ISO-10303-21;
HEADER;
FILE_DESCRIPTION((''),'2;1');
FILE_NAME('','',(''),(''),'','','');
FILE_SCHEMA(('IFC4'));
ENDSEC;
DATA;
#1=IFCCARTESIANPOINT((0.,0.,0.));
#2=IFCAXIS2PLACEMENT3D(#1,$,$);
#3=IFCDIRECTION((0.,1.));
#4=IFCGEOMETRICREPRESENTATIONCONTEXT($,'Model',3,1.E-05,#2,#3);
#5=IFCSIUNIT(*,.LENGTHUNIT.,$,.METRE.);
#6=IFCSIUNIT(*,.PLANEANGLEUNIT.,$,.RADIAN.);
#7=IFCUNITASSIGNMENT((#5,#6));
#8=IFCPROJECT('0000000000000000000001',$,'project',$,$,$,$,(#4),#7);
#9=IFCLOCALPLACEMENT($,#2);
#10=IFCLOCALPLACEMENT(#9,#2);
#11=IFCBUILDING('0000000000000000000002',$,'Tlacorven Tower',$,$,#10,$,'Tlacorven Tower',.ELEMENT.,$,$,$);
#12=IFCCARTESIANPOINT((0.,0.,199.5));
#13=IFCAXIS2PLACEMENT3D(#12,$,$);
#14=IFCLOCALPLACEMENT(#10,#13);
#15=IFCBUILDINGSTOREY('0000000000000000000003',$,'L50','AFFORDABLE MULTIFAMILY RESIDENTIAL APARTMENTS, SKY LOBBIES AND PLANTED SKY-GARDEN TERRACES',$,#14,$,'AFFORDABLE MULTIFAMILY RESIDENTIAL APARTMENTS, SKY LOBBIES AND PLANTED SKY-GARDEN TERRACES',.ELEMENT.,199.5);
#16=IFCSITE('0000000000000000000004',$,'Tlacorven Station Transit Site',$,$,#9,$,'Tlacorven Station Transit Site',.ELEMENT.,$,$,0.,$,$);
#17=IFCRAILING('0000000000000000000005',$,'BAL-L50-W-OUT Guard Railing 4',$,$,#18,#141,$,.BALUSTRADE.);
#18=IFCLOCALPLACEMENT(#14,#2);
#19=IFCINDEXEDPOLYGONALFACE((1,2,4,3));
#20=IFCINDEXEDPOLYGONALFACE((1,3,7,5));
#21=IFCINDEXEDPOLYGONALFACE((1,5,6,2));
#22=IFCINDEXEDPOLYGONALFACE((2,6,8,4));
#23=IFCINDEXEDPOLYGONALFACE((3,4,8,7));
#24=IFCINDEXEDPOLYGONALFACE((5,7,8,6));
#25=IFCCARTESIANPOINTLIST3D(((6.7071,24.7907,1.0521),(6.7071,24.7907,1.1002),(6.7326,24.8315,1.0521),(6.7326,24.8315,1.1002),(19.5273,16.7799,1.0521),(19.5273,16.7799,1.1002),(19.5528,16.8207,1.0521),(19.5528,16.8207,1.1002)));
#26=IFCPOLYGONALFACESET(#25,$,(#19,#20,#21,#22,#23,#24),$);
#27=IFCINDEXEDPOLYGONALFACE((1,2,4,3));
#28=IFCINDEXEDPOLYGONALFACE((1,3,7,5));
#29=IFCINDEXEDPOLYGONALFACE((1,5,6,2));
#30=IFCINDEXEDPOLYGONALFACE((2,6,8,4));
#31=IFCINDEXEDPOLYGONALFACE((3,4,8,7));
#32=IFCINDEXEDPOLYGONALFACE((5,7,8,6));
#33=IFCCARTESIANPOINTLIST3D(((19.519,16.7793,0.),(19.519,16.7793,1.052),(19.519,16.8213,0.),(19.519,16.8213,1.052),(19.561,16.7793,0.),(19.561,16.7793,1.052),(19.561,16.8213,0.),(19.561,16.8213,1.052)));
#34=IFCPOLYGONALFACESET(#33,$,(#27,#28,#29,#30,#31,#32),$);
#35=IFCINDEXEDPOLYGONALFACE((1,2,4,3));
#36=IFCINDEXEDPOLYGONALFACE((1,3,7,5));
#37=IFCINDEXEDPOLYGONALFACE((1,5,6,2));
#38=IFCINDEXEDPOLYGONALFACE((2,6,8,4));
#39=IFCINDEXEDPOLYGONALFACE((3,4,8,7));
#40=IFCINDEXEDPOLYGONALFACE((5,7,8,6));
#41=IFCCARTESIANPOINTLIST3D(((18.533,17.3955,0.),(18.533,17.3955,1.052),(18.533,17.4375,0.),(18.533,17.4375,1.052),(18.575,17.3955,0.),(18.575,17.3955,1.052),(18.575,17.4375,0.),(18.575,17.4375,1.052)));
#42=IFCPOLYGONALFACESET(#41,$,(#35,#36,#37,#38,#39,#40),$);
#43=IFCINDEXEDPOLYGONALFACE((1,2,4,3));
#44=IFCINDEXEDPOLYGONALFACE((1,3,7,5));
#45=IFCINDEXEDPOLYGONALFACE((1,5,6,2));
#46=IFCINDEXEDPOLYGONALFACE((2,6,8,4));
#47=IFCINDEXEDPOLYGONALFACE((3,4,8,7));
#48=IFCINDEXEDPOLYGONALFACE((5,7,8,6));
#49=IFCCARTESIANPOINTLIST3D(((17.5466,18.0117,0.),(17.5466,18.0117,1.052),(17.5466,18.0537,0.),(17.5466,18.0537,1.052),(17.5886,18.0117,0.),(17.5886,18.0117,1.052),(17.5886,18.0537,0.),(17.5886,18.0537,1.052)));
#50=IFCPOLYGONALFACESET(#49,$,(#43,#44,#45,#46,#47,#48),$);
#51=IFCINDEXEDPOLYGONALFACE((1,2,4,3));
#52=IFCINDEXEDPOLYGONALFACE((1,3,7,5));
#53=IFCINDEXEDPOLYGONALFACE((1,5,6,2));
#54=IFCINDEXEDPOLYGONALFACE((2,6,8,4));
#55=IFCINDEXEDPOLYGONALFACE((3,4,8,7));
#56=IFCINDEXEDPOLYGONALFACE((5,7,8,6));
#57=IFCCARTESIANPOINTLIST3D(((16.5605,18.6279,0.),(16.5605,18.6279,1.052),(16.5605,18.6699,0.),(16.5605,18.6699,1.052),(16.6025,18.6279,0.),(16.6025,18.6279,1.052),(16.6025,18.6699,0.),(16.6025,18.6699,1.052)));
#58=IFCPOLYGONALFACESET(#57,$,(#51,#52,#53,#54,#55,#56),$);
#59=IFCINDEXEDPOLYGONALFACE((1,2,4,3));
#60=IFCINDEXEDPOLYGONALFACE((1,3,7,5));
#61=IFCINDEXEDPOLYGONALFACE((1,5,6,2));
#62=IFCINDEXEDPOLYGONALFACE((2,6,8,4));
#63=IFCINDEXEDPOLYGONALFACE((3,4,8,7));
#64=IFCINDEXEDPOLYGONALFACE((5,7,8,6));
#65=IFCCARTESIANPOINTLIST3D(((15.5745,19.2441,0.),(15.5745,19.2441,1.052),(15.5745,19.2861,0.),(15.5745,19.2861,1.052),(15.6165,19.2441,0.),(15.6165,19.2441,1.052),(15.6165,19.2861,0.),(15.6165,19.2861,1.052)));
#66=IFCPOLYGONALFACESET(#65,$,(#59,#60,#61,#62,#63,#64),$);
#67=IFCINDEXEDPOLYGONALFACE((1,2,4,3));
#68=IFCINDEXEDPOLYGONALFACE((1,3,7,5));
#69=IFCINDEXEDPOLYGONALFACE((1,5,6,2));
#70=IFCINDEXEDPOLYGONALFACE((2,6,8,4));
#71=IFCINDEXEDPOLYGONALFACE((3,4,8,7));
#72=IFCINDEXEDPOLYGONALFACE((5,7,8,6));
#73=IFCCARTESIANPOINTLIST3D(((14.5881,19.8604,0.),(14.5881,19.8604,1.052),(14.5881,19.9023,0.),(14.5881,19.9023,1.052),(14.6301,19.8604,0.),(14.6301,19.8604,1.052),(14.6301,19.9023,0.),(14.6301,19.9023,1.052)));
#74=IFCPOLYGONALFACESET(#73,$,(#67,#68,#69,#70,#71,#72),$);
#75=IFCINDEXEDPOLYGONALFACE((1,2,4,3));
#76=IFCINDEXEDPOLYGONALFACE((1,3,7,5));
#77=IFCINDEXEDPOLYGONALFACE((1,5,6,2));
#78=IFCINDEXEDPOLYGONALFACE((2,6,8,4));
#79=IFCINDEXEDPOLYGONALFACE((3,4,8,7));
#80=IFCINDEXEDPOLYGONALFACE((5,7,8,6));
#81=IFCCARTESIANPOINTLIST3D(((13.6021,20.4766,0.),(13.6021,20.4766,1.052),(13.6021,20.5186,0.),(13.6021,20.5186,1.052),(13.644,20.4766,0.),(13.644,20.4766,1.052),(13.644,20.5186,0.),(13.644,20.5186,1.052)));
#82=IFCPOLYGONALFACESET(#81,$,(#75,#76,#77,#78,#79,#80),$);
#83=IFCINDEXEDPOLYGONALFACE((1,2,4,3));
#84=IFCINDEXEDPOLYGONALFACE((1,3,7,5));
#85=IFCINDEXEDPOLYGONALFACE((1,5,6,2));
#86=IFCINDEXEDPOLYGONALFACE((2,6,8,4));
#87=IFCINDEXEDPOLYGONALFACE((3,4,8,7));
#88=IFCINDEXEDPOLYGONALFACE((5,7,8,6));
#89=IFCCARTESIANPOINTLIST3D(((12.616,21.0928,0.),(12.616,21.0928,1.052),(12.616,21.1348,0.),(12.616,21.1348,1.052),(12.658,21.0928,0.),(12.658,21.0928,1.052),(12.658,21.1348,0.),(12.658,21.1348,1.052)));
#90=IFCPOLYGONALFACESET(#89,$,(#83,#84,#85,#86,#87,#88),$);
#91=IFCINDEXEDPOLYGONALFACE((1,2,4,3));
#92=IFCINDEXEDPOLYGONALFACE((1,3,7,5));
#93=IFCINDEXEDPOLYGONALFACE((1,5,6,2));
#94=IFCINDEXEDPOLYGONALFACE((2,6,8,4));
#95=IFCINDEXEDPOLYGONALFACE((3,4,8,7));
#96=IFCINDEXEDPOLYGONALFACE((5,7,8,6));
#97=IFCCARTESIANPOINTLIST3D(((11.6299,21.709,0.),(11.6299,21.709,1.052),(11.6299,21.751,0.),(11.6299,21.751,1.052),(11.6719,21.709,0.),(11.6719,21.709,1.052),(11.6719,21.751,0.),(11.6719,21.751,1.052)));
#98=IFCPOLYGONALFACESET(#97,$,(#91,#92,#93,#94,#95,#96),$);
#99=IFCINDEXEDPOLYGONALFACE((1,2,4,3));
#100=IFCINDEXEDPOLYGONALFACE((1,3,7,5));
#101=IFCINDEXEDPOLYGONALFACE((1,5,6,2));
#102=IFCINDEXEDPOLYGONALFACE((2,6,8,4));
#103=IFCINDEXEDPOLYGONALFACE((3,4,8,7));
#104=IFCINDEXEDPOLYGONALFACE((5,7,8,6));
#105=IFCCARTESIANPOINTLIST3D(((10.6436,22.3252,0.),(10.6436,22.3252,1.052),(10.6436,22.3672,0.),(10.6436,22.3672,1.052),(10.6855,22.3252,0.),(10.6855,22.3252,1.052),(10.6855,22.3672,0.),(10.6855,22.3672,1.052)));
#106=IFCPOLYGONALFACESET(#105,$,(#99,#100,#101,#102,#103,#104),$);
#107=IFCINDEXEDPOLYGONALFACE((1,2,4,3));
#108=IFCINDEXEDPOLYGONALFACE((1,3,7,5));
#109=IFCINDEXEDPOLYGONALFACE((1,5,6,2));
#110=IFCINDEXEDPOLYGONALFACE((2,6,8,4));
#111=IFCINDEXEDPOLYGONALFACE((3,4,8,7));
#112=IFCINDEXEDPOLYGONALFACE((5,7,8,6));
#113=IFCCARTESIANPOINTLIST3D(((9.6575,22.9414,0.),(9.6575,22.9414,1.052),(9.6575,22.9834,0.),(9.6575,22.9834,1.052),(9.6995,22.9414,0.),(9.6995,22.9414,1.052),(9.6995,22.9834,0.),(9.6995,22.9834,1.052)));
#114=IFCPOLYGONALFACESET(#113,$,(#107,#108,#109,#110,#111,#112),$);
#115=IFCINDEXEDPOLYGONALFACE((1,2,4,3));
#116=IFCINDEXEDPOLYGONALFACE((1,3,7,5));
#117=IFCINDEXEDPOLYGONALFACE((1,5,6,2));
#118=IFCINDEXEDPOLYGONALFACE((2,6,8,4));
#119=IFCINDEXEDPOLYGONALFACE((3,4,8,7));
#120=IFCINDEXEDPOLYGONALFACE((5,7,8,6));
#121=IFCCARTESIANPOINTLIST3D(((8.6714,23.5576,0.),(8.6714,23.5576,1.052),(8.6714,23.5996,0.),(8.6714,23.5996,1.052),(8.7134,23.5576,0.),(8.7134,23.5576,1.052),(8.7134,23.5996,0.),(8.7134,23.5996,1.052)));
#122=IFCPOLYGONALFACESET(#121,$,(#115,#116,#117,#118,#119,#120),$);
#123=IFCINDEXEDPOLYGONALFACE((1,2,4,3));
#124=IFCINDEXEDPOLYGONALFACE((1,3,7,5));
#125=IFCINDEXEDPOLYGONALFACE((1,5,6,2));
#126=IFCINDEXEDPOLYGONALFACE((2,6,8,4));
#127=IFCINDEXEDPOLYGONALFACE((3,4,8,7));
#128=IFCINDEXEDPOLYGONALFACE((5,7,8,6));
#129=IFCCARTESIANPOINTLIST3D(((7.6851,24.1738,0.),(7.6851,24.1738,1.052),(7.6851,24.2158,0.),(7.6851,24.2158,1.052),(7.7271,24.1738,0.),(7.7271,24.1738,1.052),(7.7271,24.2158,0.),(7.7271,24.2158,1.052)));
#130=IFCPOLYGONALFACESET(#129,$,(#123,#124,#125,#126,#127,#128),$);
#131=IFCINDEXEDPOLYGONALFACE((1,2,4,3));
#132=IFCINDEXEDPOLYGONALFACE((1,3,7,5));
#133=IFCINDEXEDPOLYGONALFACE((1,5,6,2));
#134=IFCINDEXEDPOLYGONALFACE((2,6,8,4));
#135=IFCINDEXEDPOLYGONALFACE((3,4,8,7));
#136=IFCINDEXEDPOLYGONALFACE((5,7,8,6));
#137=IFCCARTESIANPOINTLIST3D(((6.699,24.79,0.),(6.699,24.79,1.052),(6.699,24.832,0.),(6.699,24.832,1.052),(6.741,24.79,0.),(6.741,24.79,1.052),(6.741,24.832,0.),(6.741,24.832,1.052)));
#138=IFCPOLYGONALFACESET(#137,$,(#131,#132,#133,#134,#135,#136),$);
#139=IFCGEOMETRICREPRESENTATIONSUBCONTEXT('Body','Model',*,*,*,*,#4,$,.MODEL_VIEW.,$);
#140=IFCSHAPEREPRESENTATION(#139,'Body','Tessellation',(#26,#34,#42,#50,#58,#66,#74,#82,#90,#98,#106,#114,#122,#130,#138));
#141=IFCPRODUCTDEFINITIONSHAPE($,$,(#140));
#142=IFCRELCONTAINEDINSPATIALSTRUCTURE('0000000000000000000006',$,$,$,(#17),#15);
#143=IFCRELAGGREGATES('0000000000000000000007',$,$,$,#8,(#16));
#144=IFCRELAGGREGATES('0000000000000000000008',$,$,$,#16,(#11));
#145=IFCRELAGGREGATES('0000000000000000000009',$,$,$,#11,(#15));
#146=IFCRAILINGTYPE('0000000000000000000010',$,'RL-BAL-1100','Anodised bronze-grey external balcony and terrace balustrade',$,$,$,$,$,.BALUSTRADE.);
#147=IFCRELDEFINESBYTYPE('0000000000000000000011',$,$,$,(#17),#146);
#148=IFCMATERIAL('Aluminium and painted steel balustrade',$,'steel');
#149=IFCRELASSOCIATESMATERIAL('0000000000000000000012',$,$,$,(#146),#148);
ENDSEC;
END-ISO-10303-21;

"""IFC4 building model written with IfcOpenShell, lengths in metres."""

from ifc_helpers import new_model, si_unit, direction, frame, origin, origin_2d, place, context, subcontext, project, spatial, rectangle, extrude, source, transform, mapped, material, type_object, element, save


model = new_model("IFC4")

# Units and contexts
model_context = context("Model", 3, precision=1e-05, world=origin(), true_north=direction((0.0, 1.0)))
body_context = subcontext(model_context, "Body", "Model", "MODEL_VIEW")
ifc_project = project(units=[si_unit("LENGTHUNIT", "METRE"), si_unit("PLANEANGLEUNIT", "RADIAN")], contexts=[model_context])

# Site, building, storey
site_placement = place(None, origin())
site = spatial("IfcSite", under=ifc_project, at=site_placement, Name="Tlacorven Station Transit Site", LongName="Tlacorven Station Transit Site", CompositionType="ELEMENT", RefElevation=0.0)
building_placement = place(site_placement, origin())
building = spatial("IfcBuilding", under=site, at=building_placement, Name="Tlacorven Tower", LongName="Tlacorven Tower", CompositionType="ELEMENT")
storey_placement = place(building_placement, frame((0.0, 0.0, 199.5)))
storey = spatial("IfcBuildingStorey", under=building, at=storey_placement, Name="L50", Description="AFFORDABLE MULTIFAMILY RESIDENTIAL APARTMENTS, SKY LOBBIES AND PLANTED SKY-GARDEN TERRACES", LongName="AFFORDABLE MULTIFAMILY RESIDENTIAL APARTMENTS, SKY LOBBIES AND PLANTED SKY-GARDEN TERRACES", CompositionType="ELEMENT", Elevation=199.5)

# Shared definitions
ifc_material_1 = material(Name="Aluminium and painted steel balustrade", Category="steel")
railing_type = type_object("IfcRailingType", Name="RL-BAL-1100", Description="Anodised bronze-grey external balcony and terrace balustrade", PredefinedType="BALUSTRADE", material=ifc_material_1)

# Railing
shared_shape_1 = source(origin(), body_context, "Body", "SweptSolid", [
    extrude(rectangle(XDim=0.0481, YDim=0.0481, at=origin_2d()), frame((0.0, 0.0, 1.0762), z_axis=(-0.848052, 0.529913, 0.0), x_axis=(-0.529913, -0.848052, 0.0)), (0.0, 0.0, 1.0), 15.1172),
    extrude(rectangle(XDim=0.042, YDim=0.042, at=origin_2d()), origin(), (0.0, 0.0, 1.0), 1.052),
    extrude(rectangle(XDim=0.042, YDim=0.042, at=origin_2d()), frame((-0.9861, 0.6162, 0.0)), (0.0, 0.0, 1.0), 1.052),
    extrude(rectangle(XDim=0.042, YDim=0.042, at=origin_2d()), frame((-1.9724, 1.2324, 0.0)), (0.0, 0.0, 1.0), 1.052),
    extrude(rectangle(XDim=0.042, YDim=0.042, at=origin_2d()), frame((-2.9585, 1.8486, 0.0)), (0.0, 0.0, 1.0), 1.052),
    extrude(rectangle(XDim=0.042, YDim=0.042, at=origin_2d()), frame((-3.9446, 2.4648, 0.0)), (0.0, 0.0, 1.0), 1.052),
    extrude(rectangle(XDim=0.042, YDim=0.042, at=origin_2d()), frame((-4.9309, 3.0811, 0.0)), (0.0, 0.0, 1.0), 1.052),
    extrude(rectangle(XDim=0.042, YDim=0.042, at=origin_2d()), frame((-5.917, 3.6973, 0.0)), (0.0, 0.0, 1.0), 1.052),
    extrude(rectangle(XDim=0.042, YDim=0.042, at=origin_2d()), frame((-6.9031, 4.3135, 0.0)), (0.0, 0.0, 1.0), 1.052),
    extrude(rectangle(XDim=0.042, YDim=0.042, at=origin_2d()), frame((-7.8892, 4.9297, 0.0)), (0.0, 0.0, 1.0), 1.052),
    extrude(rectangle(XDim=0.042, YDim=0.042, at=origin_2d()), frame((-8.8755, 5.5459, 0.0)), (0.0, 0.0, 1.0), 1.052),
    extrude(rectangle(XDim=0.042, YDim=0.042, at=origin_2d()), frame((-9.8616, 6.1621, 0.0)), (0.0, 0.0, 1.0), 1.052),
    extrude(rectangle(XDim=0.042, YDim=0.042, at=origin_2d()), frame((-10.8477, 6.7783, 0.0)), (0.0, 0.0, 1.0), 1.052),
    extrude(rectangle(XDim=0.042, YDim=0.042, at=origin_2d()), frame((-11.834, 7.3945, 0.0)), (0.0, 0.0, 1.0), 1.052),
    extrude(rectangle(XDim=0.042, YDim=0.042, at=origin_2d()), frame((-12.8201, 8.0107, 0.0)), (0.0, 0.0, 1.0), 1.052),
])
railing_1_placement = place(storey_placement, frame((19.54, 16.8003, 0.0)))
element("IfcRailing", 1, at=railing_1_placement, inside=storey, type_object=railing_type, Name="BAL-L50-W-OUT Guard Railing 4", PredefinedType="BALUSTRADE", context=body_context, shape_type="MappedRepresentation", body=[
    mapped(shared_shape_1, transform((0.0, 0.0, 0.0), scale=1.0)),
])

save(model, "model.ifc")
